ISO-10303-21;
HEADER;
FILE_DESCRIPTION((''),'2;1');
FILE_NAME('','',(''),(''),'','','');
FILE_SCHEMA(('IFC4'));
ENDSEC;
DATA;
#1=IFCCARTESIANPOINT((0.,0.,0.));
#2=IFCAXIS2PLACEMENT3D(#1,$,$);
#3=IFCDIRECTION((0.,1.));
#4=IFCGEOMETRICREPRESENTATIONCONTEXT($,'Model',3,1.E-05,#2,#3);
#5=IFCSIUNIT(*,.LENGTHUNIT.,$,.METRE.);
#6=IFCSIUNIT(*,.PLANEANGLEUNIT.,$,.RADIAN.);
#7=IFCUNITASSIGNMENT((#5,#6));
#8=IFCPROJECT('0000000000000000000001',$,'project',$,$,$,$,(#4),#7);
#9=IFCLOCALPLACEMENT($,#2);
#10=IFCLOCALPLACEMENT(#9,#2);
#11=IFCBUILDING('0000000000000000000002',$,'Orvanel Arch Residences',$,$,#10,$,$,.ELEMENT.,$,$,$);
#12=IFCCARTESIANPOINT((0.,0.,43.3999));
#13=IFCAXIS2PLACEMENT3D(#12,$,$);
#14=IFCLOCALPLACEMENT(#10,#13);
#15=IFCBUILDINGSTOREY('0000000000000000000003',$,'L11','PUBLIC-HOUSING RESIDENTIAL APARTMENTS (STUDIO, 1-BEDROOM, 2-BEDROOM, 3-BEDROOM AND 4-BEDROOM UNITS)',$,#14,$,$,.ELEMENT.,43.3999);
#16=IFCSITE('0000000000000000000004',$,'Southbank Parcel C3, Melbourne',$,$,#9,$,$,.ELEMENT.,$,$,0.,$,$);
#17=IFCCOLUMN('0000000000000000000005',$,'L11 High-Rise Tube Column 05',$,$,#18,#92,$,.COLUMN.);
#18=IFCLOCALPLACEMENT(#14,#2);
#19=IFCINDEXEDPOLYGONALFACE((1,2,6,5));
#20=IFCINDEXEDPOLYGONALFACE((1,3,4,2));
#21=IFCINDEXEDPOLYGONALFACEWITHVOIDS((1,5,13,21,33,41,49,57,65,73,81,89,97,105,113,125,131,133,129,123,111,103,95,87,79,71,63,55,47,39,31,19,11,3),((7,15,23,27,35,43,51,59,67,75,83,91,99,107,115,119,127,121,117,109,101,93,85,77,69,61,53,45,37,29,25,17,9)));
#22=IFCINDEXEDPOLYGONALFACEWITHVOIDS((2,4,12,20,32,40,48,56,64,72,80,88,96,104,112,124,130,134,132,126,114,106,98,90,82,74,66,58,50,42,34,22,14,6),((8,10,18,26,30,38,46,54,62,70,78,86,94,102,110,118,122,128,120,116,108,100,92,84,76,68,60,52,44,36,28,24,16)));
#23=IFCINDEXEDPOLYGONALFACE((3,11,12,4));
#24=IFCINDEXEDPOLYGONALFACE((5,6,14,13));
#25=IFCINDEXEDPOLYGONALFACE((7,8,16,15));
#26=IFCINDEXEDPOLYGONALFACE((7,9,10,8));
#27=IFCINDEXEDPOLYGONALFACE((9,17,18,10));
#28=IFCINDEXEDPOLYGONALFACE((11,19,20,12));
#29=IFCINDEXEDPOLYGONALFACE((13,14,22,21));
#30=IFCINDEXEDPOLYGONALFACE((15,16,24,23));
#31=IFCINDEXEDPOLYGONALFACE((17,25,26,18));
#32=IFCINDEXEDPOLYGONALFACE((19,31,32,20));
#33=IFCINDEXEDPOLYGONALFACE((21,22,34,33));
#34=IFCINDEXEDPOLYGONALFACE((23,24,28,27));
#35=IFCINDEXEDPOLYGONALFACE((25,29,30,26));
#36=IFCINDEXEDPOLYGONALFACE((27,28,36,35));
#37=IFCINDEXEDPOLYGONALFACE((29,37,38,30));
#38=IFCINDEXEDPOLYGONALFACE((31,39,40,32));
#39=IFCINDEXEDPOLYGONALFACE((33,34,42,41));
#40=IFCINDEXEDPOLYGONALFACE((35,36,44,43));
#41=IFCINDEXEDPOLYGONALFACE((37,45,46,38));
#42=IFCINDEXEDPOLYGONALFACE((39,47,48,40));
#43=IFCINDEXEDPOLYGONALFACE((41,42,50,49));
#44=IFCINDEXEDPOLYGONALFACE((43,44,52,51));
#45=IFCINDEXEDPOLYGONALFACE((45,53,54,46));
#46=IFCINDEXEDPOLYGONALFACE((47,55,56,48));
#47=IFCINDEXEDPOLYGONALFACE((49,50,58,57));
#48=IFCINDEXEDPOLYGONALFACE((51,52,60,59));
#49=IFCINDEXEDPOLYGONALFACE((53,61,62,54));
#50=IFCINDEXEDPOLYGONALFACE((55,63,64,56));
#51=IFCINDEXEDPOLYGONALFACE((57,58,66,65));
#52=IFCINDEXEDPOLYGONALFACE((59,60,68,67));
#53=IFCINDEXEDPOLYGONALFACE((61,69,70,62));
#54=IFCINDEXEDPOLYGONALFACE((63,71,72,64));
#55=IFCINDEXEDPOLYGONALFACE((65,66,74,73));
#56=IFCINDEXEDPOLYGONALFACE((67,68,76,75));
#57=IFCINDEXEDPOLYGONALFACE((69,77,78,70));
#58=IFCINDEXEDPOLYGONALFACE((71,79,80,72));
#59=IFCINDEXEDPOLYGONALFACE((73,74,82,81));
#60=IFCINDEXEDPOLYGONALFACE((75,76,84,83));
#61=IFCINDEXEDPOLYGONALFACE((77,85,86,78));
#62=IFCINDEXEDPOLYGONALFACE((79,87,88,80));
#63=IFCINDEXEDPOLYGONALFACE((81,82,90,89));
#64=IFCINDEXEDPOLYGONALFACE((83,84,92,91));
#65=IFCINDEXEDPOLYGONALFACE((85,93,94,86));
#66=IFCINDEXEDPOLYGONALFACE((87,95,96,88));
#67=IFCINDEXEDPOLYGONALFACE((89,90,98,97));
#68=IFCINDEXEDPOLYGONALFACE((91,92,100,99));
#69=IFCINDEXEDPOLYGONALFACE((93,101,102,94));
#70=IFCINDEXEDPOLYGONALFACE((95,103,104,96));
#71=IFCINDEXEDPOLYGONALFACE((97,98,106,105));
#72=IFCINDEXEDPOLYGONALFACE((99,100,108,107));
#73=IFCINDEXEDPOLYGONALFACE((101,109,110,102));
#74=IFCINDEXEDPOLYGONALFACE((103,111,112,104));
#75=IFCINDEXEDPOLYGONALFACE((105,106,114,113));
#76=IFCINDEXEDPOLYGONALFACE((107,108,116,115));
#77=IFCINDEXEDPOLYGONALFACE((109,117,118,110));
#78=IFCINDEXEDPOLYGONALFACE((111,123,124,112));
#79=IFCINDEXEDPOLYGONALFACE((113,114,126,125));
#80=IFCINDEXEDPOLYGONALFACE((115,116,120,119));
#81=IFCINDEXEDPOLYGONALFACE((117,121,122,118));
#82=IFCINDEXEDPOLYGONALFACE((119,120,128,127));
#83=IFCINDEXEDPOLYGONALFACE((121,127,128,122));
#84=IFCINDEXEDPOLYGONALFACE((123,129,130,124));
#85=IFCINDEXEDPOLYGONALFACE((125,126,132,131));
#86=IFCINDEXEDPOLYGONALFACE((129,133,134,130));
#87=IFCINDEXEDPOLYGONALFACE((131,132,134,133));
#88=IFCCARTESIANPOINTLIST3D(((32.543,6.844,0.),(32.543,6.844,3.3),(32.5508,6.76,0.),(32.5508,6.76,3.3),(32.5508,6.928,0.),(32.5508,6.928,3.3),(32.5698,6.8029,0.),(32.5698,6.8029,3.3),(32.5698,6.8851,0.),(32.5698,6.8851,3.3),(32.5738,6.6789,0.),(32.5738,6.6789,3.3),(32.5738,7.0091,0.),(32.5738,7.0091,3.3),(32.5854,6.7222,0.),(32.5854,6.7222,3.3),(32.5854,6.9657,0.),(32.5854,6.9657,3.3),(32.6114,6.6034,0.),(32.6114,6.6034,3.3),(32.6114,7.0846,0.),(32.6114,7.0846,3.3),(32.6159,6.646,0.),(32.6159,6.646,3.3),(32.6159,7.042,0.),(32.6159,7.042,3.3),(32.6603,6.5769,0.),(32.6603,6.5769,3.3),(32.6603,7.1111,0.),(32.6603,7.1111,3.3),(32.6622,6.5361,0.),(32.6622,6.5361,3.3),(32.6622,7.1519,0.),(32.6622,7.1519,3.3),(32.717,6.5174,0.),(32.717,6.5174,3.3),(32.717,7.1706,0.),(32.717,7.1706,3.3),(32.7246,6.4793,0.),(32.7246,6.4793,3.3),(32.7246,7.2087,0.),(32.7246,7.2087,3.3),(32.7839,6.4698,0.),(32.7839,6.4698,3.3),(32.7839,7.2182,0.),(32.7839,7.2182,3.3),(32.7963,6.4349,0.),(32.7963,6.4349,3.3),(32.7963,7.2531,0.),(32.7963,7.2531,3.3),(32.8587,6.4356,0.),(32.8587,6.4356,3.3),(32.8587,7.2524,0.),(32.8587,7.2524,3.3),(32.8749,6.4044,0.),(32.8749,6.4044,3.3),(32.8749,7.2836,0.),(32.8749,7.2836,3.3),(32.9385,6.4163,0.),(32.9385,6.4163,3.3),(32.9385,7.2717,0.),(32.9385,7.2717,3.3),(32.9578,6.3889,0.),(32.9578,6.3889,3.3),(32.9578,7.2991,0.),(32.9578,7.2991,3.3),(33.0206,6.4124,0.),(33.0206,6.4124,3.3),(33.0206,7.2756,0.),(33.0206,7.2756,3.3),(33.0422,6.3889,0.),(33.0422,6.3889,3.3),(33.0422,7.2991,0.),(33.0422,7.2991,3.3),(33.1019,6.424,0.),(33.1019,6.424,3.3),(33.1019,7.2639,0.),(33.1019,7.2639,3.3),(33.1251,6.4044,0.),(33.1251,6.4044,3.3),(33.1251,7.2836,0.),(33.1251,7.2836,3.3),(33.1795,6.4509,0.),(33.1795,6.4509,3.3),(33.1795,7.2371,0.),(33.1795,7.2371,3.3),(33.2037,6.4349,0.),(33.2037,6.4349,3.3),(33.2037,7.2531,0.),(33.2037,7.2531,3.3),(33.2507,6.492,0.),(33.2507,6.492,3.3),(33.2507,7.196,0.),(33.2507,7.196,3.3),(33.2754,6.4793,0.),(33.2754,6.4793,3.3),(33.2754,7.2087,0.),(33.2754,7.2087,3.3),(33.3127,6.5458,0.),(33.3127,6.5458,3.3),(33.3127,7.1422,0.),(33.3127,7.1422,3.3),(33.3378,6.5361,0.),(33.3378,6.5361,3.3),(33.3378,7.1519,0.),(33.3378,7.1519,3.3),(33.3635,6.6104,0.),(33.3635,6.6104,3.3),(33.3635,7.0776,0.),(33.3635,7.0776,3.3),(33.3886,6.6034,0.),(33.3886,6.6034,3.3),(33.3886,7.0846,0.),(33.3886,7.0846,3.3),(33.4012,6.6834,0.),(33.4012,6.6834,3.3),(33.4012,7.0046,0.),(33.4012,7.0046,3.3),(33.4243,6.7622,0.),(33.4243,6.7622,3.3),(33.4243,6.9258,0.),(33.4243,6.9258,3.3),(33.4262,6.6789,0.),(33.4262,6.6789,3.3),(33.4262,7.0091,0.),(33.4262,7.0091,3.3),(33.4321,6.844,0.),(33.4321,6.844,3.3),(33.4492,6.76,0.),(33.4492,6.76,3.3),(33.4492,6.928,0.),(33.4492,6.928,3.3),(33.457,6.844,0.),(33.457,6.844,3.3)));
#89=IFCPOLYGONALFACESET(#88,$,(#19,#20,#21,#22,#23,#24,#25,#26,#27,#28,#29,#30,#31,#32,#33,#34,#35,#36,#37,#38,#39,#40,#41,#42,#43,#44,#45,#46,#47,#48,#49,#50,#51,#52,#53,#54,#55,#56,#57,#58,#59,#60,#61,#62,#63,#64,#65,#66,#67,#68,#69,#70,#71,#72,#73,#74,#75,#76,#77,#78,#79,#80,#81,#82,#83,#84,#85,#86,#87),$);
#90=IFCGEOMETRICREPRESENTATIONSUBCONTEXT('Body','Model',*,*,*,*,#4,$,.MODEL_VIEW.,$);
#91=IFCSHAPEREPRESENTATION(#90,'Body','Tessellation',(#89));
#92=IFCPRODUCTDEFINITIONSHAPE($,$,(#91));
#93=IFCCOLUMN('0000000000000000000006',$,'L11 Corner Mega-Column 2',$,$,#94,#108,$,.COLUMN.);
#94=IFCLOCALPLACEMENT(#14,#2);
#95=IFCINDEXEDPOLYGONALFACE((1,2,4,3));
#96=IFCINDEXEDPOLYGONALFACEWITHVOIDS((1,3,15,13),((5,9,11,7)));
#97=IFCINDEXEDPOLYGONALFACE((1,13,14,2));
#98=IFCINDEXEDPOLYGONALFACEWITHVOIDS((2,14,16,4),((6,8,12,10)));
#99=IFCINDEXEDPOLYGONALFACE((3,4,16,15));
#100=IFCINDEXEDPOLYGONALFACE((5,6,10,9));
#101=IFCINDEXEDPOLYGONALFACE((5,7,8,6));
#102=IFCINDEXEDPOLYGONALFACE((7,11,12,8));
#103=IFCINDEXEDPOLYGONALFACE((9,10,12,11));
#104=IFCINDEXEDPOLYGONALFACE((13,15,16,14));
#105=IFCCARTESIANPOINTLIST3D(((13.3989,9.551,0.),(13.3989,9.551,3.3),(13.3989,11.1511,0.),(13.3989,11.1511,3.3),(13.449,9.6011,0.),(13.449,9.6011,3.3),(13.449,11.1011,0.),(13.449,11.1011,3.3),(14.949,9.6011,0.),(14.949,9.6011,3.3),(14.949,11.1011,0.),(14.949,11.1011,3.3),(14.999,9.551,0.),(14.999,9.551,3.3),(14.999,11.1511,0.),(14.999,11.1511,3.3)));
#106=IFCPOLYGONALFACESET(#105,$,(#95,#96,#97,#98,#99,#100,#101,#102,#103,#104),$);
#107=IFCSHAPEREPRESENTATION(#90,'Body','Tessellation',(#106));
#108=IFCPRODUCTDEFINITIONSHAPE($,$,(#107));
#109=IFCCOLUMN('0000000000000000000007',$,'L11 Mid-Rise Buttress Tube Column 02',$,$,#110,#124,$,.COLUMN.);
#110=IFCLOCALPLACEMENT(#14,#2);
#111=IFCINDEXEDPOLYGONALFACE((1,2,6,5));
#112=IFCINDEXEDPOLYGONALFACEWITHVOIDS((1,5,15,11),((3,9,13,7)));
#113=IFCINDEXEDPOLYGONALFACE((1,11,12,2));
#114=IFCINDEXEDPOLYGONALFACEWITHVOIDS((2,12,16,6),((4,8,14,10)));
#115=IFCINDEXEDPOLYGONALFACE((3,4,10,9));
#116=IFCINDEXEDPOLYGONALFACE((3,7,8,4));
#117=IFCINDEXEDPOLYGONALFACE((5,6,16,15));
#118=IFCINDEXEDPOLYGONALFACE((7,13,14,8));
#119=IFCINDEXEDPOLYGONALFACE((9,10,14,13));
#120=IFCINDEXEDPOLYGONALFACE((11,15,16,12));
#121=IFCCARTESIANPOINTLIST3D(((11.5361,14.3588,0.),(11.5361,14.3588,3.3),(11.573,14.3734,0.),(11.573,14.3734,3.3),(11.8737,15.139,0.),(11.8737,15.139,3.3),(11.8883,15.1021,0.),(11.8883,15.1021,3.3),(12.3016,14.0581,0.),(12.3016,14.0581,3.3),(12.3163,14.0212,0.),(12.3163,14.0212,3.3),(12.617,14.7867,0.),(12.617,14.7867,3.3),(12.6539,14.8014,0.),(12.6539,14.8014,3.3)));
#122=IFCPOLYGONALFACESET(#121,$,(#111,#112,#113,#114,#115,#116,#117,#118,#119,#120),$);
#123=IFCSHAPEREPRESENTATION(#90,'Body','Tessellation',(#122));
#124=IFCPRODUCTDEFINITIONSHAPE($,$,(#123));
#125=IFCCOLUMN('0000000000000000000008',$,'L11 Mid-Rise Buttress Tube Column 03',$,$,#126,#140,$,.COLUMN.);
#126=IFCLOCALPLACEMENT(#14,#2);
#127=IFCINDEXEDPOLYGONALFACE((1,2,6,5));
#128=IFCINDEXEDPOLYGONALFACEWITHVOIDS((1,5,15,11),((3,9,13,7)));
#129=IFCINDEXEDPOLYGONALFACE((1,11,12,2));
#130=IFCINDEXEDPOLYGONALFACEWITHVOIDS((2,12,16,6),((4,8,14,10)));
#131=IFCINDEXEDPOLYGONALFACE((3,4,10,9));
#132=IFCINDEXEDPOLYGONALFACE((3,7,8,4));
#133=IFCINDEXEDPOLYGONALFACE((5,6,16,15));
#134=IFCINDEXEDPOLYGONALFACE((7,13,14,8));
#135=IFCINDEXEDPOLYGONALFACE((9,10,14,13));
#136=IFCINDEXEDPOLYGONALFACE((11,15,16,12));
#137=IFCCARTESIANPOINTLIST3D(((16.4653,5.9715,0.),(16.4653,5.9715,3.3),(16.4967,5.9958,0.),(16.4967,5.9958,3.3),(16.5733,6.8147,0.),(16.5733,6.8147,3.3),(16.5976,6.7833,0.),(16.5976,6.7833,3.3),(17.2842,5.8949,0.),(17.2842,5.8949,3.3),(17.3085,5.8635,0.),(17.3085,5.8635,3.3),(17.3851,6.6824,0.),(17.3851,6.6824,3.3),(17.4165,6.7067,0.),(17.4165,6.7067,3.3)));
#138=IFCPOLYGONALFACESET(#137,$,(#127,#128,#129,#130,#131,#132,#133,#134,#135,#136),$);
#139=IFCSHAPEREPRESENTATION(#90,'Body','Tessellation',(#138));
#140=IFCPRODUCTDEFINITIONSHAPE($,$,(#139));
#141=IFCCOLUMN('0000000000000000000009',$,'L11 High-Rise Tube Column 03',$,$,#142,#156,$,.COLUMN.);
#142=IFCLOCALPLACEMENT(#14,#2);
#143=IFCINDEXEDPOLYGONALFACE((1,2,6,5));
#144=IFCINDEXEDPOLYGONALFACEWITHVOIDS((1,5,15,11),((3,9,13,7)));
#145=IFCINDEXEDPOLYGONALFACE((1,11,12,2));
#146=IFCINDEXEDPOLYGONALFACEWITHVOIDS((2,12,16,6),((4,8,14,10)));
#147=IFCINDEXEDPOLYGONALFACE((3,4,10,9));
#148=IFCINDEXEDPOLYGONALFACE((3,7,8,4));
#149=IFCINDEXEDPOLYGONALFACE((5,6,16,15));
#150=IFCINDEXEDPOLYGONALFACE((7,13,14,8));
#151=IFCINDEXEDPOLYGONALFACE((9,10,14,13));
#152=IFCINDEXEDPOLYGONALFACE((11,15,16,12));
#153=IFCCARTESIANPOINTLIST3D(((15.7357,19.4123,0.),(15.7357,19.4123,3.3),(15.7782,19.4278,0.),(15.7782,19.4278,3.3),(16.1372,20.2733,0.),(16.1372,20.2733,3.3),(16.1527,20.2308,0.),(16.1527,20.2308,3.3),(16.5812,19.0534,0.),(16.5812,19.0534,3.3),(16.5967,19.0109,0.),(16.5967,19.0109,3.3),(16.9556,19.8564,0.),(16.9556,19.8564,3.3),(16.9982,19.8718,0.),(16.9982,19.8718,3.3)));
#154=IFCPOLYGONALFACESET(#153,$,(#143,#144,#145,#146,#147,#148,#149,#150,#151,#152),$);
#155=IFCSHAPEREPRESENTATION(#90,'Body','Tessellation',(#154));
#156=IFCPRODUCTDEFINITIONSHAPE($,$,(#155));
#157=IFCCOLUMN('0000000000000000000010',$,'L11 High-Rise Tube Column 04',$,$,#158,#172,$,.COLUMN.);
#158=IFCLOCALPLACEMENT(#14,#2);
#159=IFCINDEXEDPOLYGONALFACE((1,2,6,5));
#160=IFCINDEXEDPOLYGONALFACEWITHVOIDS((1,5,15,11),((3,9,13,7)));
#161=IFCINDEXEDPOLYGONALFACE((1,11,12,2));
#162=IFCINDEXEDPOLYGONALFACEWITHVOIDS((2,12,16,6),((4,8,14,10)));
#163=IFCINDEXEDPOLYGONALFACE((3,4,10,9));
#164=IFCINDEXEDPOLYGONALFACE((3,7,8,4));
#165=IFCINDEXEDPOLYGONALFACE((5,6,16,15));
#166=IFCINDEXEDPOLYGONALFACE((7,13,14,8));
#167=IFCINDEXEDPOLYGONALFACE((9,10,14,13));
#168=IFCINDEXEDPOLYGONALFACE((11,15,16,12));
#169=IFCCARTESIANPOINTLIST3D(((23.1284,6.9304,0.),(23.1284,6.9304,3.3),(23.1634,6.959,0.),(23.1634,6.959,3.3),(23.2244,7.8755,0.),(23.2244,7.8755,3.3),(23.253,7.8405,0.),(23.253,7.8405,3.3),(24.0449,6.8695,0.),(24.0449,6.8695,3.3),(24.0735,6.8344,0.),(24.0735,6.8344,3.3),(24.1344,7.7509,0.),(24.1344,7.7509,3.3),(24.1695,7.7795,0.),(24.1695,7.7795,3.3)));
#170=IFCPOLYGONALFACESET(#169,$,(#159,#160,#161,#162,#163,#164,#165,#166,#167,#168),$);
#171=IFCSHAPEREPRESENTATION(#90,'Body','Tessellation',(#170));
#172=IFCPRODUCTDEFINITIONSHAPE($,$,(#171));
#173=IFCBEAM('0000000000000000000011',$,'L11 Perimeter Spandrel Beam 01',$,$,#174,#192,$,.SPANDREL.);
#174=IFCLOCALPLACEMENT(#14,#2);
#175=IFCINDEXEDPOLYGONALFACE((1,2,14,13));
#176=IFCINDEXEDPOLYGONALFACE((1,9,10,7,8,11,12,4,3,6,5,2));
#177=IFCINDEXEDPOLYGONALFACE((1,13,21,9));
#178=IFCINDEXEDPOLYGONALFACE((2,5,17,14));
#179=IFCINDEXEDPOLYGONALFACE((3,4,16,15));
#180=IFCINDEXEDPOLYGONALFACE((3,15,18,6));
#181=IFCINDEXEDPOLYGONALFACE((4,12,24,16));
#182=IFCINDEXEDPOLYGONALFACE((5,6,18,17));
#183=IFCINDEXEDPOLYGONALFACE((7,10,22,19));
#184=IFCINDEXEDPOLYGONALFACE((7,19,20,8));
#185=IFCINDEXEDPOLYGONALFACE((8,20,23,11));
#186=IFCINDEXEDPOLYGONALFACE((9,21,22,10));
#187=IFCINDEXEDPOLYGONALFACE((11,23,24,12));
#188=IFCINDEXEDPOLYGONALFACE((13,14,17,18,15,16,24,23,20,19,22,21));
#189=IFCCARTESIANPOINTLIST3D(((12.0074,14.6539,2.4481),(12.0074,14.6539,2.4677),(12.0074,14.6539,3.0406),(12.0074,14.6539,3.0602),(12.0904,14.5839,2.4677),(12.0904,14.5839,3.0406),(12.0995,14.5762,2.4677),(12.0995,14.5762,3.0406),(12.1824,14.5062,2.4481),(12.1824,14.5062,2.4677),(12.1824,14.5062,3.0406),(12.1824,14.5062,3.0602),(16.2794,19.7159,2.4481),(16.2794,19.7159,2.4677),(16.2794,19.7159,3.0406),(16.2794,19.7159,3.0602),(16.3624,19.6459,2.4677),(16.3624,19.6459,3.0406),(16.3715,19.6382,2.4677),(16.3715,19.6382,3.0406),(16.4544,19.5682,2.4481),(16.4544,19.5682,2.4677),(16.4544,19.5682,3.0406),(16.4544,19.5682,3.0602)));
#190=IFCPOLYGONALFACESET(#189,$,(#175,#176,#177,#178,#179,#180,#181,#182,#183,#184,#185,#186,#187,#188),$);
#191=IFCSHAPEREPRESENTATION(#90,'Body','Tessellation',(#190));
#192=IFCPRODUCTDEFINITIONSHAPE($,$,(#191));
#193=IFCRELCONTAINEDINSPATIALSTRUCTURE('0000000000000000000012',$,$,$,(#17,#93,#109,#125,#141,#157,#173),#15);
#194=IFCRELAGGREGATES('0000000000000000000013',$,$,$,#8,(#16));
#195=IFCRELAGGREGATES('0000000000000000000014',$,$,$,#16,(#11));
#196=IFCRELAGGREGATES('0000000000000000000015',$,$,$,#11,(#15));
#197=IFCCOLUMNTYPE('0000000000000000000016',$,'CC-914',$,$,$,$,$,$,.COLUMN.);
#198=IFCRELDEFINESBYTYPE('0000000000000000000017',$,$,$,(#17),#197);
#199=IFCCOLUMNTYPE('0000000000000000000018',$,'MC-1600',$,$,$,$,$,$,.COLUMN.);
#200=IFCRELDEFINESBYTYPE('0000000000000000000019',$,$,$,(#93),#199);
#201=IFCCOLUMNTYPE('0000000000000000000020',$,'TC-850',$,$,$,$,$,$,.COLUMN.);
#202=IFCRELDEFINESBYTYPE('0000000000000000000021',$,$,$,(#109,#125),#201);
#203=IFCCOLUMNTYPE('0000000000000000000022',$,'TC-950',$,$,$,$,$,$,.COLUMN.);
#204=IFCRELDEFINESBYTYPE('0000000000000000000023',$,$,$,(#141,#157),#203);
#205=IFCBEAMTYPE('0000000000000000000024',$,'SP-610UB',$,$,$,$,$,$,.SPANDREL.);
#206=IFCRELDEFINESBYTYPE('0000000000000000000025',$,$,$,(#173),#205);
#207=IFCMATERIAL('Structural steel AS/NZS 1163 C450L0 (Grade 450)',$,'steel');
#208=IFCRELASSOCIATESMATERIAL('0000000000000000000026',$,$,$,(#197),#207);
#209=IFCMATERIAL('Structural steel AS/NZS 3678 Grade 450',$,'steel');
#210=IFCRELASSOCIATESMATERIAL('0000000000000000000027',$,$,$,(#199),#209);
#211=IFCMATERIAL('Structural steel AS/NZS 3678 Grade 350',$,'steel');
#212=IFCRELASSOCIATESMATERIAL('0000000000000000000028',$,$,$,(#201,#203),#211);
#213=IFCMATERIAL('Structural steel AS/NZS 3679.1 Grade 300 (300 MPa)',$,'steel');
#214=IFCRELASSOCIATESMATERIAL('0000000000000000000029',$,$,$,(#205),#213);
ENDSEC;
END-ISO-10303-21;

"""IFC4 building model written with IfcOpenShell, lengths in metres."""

from ifc_helpers import new_model, si_unit, direction, frame, origin, origin_2d, place, context, subcontext, project, spatial, hollow_rectangle, hollow_circle, i_section, extrude, material, material_profile, profile_set, type_object, element, save


model = new_model("IFC4")

# Units and contexts
model_context = context("Model", 3, precision=1e-05, world=origin(), true_north=direction((0.0, 1.0)))
body_context = subcontext(model_context, "Body", "Model", "MODEL_VIEW")
ifc_project = project(units=[si_unit("LENGTHUNIT", "METRE"), si_unit("PLANEANGLEUNIT", "RADIAN")], contexts=[model_context])

# Site, building, storey
site_placement = place(None, origin())
site = spatial("IfcSite", under=ifc_project, at=site_placement, Name="Southbank Parcel C3, Melbourne", CompositionType="ELEMENT", RefElevation=0.0)
building_placement = place(site_placement, origin())
building = spatial("IfcBuilding", under=site, at=building_placement, Name="Orvanel Arch Residences", CompositionType="ELEMENT")
storey_placement = place(building_placement, frame((0.0, 0.0, 43.3999)))
storey = spatial("IfcBuildingStorey", under=building, at=storey_placement, Name="L11", Description="PUBLIC-HOUSING RESIDENTIAL APARTMENTS (STUDIO, 1-BEDROOM, 2-BEDROOM, 3-BEDROOM AND 4-BEDROOM UNITS)", CompositionType="ELEMENT", Elevation=43.3999)

# Columns
ifc_material_1 = material(Name="Structural steel AS/NZS 1163 C450L0 (Grade 450)", Category="steel")
ifc_material_profile_1 = material_profile(ifc_material_1, hollow_circle(Radius=0.457, WallThickness=0.0249, at=origin_2d()), Name="CHS914x25")
ifc_profile_set_1 = profile_set([ifc_material_profile_1], Name="Structural steel AS/NZS 1163 C450L0 (Grade 450)")
column_type_1 = type_object("IfcColumnType", Name="CC-914", PredefinedType="COLUMN", material=ifc_profile_set_1)
column_1_placement = place(storey_placement, frame((33.0, 6.844, 0.0), z_axis=(0.0, 0.0, 1.0), x_axis=(1.0, 0.0, 0.0)))
element("IfcColumn", 1, at=column_1_placement, inside=storey, type_object=column_type_1, Name="L11 High-Rise Tube Column 05", PredefinedType="COLUMN", context=body_context, shape_type="SweptSolid", body=[
    extrude(hollow_circle(Radius=0.457, WallThickness=0.0249, at=origin_2d()), origin(), (0.0, 0.0, 1.0), 3.3),
])
ifc_material_2 = material(Name="Structural steel AS/NZS 3678 Grade 450", Category="steel")
ifc_material_profile_2 = material_profile(ifc_material_2, hollow_rectangle(XDim=1.6001, YDim=1.6001, WallThickness=0.05, at=origin_2d()), Name="BOX1600x1600x50")
ifc_profile_set_2 = profile_set([ifc_material_profile_2], Name="Structural steel AS/NZS 3678 Grade 450")
column_type_2 = type_object("IfcColumnType", Name="MC-1600", PredefinedType="COLUMN", material=ifc_profile_set_2)
column_2_placement = place(storey_placement, frame((14.199, 10.3511, 0.0), z_axis=(0.0, 0.0, 1.0), x_axis=(1.0, 0.0, 0.0)))
element("IfcColumn", 2, at=column_2_placement, inside=storey, type_object=column_type_2, Name="L11 Corner Mega-Column 2", PredefinedType="COLUMN", context=body_context, shape_type="SweptSolid", body=[
    extrude(hollow_rectangle(XDim=1.6001, YDim=1.6001, WallThickness=0.05, at=origin_2d()), origin(), (0.0, 0.0, 1.0), 3.3),
])
ifc_material_3 = material(Name="Structural steel AS/NZS 3678 Grade 350", Category="steel")
ifc_material_profile_3 = material_profile(ifc_material_3, hollow_rectangle(XDim=0.8501, YDim=0.8501, WallThickness=0.0281, at=origin_2d()), Name="BOX850x850x28")
ifc_profile_set_3 = profile_set([ifc_material_profile_3], Name="Structural steel AS/NZS 3678 Grade 350")
column_type_3 = type_object("IfcColumnType", Name="TC-850", PredefinedType="COLUMN", material=ifc_profile_set_3)
for number, where, z_axis, x_axis, name in (
    (3, (12.095, 14.5801, 0.0), (0.0, 0.0, 1.0), (0.397148, 0.917755, 0.0), "L11 Mid-Rise Buttress Tube Column 02"),
    (4, (16.9409, 6.3391, 0.0), (0.0, 0.0, 1.0), (-0.991894, 0.127065, 0.0), "L11 Mid-Rise Buttress Tube Column 03"),
):
    element("IfcColumn", number, at=place(storey_placement, frame(where, z_axis=z_axis, x_axis=x_axis)), inside=storey, type_object=column_type_3, Name=name, PredefinedType="COLUMN", context=body_context, shape_type="SweptSolid", body=[
        extrude(hollow_rectangle(XDim=0.8501, YDim=0.8501, WallThickness=0.0281, at=origin_2d()), origin(), (0.0, 0.0, 1.0), 3.3),
    ])
ifc_material_profile_4 = material_profile(ifc_material_3, hollow_rectangle(XDim=0.95, YDim=0.95, WallThickness=0.032, at=origin_2d()), Name="BOX950x950x32")
ifc_profile_set_4 = profile_set([ifc_material_profile_4], Name="Structural steel AS/NZS 3678 Grade 350")
column_type_4 = type_object("IfcColumnType", Name="TC-950", PredefinedType="COLUMN", material=ifc_profile_set_4)
for number, where, z_axis, x_axis, name in (
    (5, (16.3669, 19.6421, 0.0), (0.0, 0.0, 1.0), (0.422618, 0.906308, 0.0), "L11 High-Rise Tube Column 03"),
    (6, (23.6489, 7.355, 0.0), (0.0, 0.0, 1.0), (-0.994881, 0.101056, 0.0), "L11 High-Rise Tube Column 04"),
):
    element("IfcColumn", number, at=place(storey_placement, frame(where, z_axis=z_axis, x_axis=x_axis)), inside=storey, type_object=column_type_4, Name=name, PredefinedType="COLUMN", context=body_context, shape_type="SweptSolid", body=[
        extrude(hollow_rectangle(XDim=0.95, YDim=0.95, WallThickness=0.032, at=origin_2d()), origin(), (0.0, 0.0, 1.0), 3.3),
    ])

# Beam
ifc_material_4 = material(Name="Structural steel AS/NZS 3679.1 Grade 300 (300 MPa)", Category="steel")
ifc_material_profile_5 = material_profile(ifc_material_4, i_section(OverallWidth=0.229, OverallDepth=0.6121, WebThickness=0.012, FlangeThickness=0.0195, at=origin_2d()), Name="610UB125")
ifc_profile_set_5 = profile_set([ifc_material_profile_5], Name="Structural steel AS/NZS 3679.1 Grade 300 (300 MPa)")
beam_type = type_object("IfcBeamType", Name="SP-610UB", PredefinedType="SPANDREL", material=ifc_profile_set_5)
beam_1_placement = place(storey_placement, frame((16.3669, 19.6421, 2.7542), z_axis=(-0.64495, -0.764224, 0.0), x_axis=(0.764224, -0.64495, 0.0)))
element("IfcBeam", 7, at=beam_1_placement, inside=storey, type_object=beam_type, Name="L11 Perimeter Spandrel Beam 01", PredefinedType="SPANDREL", context=body_context, shape_type="SweptSolid", body=[
    extrude(i_section(OverallWidth=0.229, OverallDepth=0.6121, WebThickness=0.012, FlangeThickness=0.0195, at=origin_2d()), origin(), (0.0, 0.0, 1.0), 6.6238),
])

save(model, "model.ifc")
